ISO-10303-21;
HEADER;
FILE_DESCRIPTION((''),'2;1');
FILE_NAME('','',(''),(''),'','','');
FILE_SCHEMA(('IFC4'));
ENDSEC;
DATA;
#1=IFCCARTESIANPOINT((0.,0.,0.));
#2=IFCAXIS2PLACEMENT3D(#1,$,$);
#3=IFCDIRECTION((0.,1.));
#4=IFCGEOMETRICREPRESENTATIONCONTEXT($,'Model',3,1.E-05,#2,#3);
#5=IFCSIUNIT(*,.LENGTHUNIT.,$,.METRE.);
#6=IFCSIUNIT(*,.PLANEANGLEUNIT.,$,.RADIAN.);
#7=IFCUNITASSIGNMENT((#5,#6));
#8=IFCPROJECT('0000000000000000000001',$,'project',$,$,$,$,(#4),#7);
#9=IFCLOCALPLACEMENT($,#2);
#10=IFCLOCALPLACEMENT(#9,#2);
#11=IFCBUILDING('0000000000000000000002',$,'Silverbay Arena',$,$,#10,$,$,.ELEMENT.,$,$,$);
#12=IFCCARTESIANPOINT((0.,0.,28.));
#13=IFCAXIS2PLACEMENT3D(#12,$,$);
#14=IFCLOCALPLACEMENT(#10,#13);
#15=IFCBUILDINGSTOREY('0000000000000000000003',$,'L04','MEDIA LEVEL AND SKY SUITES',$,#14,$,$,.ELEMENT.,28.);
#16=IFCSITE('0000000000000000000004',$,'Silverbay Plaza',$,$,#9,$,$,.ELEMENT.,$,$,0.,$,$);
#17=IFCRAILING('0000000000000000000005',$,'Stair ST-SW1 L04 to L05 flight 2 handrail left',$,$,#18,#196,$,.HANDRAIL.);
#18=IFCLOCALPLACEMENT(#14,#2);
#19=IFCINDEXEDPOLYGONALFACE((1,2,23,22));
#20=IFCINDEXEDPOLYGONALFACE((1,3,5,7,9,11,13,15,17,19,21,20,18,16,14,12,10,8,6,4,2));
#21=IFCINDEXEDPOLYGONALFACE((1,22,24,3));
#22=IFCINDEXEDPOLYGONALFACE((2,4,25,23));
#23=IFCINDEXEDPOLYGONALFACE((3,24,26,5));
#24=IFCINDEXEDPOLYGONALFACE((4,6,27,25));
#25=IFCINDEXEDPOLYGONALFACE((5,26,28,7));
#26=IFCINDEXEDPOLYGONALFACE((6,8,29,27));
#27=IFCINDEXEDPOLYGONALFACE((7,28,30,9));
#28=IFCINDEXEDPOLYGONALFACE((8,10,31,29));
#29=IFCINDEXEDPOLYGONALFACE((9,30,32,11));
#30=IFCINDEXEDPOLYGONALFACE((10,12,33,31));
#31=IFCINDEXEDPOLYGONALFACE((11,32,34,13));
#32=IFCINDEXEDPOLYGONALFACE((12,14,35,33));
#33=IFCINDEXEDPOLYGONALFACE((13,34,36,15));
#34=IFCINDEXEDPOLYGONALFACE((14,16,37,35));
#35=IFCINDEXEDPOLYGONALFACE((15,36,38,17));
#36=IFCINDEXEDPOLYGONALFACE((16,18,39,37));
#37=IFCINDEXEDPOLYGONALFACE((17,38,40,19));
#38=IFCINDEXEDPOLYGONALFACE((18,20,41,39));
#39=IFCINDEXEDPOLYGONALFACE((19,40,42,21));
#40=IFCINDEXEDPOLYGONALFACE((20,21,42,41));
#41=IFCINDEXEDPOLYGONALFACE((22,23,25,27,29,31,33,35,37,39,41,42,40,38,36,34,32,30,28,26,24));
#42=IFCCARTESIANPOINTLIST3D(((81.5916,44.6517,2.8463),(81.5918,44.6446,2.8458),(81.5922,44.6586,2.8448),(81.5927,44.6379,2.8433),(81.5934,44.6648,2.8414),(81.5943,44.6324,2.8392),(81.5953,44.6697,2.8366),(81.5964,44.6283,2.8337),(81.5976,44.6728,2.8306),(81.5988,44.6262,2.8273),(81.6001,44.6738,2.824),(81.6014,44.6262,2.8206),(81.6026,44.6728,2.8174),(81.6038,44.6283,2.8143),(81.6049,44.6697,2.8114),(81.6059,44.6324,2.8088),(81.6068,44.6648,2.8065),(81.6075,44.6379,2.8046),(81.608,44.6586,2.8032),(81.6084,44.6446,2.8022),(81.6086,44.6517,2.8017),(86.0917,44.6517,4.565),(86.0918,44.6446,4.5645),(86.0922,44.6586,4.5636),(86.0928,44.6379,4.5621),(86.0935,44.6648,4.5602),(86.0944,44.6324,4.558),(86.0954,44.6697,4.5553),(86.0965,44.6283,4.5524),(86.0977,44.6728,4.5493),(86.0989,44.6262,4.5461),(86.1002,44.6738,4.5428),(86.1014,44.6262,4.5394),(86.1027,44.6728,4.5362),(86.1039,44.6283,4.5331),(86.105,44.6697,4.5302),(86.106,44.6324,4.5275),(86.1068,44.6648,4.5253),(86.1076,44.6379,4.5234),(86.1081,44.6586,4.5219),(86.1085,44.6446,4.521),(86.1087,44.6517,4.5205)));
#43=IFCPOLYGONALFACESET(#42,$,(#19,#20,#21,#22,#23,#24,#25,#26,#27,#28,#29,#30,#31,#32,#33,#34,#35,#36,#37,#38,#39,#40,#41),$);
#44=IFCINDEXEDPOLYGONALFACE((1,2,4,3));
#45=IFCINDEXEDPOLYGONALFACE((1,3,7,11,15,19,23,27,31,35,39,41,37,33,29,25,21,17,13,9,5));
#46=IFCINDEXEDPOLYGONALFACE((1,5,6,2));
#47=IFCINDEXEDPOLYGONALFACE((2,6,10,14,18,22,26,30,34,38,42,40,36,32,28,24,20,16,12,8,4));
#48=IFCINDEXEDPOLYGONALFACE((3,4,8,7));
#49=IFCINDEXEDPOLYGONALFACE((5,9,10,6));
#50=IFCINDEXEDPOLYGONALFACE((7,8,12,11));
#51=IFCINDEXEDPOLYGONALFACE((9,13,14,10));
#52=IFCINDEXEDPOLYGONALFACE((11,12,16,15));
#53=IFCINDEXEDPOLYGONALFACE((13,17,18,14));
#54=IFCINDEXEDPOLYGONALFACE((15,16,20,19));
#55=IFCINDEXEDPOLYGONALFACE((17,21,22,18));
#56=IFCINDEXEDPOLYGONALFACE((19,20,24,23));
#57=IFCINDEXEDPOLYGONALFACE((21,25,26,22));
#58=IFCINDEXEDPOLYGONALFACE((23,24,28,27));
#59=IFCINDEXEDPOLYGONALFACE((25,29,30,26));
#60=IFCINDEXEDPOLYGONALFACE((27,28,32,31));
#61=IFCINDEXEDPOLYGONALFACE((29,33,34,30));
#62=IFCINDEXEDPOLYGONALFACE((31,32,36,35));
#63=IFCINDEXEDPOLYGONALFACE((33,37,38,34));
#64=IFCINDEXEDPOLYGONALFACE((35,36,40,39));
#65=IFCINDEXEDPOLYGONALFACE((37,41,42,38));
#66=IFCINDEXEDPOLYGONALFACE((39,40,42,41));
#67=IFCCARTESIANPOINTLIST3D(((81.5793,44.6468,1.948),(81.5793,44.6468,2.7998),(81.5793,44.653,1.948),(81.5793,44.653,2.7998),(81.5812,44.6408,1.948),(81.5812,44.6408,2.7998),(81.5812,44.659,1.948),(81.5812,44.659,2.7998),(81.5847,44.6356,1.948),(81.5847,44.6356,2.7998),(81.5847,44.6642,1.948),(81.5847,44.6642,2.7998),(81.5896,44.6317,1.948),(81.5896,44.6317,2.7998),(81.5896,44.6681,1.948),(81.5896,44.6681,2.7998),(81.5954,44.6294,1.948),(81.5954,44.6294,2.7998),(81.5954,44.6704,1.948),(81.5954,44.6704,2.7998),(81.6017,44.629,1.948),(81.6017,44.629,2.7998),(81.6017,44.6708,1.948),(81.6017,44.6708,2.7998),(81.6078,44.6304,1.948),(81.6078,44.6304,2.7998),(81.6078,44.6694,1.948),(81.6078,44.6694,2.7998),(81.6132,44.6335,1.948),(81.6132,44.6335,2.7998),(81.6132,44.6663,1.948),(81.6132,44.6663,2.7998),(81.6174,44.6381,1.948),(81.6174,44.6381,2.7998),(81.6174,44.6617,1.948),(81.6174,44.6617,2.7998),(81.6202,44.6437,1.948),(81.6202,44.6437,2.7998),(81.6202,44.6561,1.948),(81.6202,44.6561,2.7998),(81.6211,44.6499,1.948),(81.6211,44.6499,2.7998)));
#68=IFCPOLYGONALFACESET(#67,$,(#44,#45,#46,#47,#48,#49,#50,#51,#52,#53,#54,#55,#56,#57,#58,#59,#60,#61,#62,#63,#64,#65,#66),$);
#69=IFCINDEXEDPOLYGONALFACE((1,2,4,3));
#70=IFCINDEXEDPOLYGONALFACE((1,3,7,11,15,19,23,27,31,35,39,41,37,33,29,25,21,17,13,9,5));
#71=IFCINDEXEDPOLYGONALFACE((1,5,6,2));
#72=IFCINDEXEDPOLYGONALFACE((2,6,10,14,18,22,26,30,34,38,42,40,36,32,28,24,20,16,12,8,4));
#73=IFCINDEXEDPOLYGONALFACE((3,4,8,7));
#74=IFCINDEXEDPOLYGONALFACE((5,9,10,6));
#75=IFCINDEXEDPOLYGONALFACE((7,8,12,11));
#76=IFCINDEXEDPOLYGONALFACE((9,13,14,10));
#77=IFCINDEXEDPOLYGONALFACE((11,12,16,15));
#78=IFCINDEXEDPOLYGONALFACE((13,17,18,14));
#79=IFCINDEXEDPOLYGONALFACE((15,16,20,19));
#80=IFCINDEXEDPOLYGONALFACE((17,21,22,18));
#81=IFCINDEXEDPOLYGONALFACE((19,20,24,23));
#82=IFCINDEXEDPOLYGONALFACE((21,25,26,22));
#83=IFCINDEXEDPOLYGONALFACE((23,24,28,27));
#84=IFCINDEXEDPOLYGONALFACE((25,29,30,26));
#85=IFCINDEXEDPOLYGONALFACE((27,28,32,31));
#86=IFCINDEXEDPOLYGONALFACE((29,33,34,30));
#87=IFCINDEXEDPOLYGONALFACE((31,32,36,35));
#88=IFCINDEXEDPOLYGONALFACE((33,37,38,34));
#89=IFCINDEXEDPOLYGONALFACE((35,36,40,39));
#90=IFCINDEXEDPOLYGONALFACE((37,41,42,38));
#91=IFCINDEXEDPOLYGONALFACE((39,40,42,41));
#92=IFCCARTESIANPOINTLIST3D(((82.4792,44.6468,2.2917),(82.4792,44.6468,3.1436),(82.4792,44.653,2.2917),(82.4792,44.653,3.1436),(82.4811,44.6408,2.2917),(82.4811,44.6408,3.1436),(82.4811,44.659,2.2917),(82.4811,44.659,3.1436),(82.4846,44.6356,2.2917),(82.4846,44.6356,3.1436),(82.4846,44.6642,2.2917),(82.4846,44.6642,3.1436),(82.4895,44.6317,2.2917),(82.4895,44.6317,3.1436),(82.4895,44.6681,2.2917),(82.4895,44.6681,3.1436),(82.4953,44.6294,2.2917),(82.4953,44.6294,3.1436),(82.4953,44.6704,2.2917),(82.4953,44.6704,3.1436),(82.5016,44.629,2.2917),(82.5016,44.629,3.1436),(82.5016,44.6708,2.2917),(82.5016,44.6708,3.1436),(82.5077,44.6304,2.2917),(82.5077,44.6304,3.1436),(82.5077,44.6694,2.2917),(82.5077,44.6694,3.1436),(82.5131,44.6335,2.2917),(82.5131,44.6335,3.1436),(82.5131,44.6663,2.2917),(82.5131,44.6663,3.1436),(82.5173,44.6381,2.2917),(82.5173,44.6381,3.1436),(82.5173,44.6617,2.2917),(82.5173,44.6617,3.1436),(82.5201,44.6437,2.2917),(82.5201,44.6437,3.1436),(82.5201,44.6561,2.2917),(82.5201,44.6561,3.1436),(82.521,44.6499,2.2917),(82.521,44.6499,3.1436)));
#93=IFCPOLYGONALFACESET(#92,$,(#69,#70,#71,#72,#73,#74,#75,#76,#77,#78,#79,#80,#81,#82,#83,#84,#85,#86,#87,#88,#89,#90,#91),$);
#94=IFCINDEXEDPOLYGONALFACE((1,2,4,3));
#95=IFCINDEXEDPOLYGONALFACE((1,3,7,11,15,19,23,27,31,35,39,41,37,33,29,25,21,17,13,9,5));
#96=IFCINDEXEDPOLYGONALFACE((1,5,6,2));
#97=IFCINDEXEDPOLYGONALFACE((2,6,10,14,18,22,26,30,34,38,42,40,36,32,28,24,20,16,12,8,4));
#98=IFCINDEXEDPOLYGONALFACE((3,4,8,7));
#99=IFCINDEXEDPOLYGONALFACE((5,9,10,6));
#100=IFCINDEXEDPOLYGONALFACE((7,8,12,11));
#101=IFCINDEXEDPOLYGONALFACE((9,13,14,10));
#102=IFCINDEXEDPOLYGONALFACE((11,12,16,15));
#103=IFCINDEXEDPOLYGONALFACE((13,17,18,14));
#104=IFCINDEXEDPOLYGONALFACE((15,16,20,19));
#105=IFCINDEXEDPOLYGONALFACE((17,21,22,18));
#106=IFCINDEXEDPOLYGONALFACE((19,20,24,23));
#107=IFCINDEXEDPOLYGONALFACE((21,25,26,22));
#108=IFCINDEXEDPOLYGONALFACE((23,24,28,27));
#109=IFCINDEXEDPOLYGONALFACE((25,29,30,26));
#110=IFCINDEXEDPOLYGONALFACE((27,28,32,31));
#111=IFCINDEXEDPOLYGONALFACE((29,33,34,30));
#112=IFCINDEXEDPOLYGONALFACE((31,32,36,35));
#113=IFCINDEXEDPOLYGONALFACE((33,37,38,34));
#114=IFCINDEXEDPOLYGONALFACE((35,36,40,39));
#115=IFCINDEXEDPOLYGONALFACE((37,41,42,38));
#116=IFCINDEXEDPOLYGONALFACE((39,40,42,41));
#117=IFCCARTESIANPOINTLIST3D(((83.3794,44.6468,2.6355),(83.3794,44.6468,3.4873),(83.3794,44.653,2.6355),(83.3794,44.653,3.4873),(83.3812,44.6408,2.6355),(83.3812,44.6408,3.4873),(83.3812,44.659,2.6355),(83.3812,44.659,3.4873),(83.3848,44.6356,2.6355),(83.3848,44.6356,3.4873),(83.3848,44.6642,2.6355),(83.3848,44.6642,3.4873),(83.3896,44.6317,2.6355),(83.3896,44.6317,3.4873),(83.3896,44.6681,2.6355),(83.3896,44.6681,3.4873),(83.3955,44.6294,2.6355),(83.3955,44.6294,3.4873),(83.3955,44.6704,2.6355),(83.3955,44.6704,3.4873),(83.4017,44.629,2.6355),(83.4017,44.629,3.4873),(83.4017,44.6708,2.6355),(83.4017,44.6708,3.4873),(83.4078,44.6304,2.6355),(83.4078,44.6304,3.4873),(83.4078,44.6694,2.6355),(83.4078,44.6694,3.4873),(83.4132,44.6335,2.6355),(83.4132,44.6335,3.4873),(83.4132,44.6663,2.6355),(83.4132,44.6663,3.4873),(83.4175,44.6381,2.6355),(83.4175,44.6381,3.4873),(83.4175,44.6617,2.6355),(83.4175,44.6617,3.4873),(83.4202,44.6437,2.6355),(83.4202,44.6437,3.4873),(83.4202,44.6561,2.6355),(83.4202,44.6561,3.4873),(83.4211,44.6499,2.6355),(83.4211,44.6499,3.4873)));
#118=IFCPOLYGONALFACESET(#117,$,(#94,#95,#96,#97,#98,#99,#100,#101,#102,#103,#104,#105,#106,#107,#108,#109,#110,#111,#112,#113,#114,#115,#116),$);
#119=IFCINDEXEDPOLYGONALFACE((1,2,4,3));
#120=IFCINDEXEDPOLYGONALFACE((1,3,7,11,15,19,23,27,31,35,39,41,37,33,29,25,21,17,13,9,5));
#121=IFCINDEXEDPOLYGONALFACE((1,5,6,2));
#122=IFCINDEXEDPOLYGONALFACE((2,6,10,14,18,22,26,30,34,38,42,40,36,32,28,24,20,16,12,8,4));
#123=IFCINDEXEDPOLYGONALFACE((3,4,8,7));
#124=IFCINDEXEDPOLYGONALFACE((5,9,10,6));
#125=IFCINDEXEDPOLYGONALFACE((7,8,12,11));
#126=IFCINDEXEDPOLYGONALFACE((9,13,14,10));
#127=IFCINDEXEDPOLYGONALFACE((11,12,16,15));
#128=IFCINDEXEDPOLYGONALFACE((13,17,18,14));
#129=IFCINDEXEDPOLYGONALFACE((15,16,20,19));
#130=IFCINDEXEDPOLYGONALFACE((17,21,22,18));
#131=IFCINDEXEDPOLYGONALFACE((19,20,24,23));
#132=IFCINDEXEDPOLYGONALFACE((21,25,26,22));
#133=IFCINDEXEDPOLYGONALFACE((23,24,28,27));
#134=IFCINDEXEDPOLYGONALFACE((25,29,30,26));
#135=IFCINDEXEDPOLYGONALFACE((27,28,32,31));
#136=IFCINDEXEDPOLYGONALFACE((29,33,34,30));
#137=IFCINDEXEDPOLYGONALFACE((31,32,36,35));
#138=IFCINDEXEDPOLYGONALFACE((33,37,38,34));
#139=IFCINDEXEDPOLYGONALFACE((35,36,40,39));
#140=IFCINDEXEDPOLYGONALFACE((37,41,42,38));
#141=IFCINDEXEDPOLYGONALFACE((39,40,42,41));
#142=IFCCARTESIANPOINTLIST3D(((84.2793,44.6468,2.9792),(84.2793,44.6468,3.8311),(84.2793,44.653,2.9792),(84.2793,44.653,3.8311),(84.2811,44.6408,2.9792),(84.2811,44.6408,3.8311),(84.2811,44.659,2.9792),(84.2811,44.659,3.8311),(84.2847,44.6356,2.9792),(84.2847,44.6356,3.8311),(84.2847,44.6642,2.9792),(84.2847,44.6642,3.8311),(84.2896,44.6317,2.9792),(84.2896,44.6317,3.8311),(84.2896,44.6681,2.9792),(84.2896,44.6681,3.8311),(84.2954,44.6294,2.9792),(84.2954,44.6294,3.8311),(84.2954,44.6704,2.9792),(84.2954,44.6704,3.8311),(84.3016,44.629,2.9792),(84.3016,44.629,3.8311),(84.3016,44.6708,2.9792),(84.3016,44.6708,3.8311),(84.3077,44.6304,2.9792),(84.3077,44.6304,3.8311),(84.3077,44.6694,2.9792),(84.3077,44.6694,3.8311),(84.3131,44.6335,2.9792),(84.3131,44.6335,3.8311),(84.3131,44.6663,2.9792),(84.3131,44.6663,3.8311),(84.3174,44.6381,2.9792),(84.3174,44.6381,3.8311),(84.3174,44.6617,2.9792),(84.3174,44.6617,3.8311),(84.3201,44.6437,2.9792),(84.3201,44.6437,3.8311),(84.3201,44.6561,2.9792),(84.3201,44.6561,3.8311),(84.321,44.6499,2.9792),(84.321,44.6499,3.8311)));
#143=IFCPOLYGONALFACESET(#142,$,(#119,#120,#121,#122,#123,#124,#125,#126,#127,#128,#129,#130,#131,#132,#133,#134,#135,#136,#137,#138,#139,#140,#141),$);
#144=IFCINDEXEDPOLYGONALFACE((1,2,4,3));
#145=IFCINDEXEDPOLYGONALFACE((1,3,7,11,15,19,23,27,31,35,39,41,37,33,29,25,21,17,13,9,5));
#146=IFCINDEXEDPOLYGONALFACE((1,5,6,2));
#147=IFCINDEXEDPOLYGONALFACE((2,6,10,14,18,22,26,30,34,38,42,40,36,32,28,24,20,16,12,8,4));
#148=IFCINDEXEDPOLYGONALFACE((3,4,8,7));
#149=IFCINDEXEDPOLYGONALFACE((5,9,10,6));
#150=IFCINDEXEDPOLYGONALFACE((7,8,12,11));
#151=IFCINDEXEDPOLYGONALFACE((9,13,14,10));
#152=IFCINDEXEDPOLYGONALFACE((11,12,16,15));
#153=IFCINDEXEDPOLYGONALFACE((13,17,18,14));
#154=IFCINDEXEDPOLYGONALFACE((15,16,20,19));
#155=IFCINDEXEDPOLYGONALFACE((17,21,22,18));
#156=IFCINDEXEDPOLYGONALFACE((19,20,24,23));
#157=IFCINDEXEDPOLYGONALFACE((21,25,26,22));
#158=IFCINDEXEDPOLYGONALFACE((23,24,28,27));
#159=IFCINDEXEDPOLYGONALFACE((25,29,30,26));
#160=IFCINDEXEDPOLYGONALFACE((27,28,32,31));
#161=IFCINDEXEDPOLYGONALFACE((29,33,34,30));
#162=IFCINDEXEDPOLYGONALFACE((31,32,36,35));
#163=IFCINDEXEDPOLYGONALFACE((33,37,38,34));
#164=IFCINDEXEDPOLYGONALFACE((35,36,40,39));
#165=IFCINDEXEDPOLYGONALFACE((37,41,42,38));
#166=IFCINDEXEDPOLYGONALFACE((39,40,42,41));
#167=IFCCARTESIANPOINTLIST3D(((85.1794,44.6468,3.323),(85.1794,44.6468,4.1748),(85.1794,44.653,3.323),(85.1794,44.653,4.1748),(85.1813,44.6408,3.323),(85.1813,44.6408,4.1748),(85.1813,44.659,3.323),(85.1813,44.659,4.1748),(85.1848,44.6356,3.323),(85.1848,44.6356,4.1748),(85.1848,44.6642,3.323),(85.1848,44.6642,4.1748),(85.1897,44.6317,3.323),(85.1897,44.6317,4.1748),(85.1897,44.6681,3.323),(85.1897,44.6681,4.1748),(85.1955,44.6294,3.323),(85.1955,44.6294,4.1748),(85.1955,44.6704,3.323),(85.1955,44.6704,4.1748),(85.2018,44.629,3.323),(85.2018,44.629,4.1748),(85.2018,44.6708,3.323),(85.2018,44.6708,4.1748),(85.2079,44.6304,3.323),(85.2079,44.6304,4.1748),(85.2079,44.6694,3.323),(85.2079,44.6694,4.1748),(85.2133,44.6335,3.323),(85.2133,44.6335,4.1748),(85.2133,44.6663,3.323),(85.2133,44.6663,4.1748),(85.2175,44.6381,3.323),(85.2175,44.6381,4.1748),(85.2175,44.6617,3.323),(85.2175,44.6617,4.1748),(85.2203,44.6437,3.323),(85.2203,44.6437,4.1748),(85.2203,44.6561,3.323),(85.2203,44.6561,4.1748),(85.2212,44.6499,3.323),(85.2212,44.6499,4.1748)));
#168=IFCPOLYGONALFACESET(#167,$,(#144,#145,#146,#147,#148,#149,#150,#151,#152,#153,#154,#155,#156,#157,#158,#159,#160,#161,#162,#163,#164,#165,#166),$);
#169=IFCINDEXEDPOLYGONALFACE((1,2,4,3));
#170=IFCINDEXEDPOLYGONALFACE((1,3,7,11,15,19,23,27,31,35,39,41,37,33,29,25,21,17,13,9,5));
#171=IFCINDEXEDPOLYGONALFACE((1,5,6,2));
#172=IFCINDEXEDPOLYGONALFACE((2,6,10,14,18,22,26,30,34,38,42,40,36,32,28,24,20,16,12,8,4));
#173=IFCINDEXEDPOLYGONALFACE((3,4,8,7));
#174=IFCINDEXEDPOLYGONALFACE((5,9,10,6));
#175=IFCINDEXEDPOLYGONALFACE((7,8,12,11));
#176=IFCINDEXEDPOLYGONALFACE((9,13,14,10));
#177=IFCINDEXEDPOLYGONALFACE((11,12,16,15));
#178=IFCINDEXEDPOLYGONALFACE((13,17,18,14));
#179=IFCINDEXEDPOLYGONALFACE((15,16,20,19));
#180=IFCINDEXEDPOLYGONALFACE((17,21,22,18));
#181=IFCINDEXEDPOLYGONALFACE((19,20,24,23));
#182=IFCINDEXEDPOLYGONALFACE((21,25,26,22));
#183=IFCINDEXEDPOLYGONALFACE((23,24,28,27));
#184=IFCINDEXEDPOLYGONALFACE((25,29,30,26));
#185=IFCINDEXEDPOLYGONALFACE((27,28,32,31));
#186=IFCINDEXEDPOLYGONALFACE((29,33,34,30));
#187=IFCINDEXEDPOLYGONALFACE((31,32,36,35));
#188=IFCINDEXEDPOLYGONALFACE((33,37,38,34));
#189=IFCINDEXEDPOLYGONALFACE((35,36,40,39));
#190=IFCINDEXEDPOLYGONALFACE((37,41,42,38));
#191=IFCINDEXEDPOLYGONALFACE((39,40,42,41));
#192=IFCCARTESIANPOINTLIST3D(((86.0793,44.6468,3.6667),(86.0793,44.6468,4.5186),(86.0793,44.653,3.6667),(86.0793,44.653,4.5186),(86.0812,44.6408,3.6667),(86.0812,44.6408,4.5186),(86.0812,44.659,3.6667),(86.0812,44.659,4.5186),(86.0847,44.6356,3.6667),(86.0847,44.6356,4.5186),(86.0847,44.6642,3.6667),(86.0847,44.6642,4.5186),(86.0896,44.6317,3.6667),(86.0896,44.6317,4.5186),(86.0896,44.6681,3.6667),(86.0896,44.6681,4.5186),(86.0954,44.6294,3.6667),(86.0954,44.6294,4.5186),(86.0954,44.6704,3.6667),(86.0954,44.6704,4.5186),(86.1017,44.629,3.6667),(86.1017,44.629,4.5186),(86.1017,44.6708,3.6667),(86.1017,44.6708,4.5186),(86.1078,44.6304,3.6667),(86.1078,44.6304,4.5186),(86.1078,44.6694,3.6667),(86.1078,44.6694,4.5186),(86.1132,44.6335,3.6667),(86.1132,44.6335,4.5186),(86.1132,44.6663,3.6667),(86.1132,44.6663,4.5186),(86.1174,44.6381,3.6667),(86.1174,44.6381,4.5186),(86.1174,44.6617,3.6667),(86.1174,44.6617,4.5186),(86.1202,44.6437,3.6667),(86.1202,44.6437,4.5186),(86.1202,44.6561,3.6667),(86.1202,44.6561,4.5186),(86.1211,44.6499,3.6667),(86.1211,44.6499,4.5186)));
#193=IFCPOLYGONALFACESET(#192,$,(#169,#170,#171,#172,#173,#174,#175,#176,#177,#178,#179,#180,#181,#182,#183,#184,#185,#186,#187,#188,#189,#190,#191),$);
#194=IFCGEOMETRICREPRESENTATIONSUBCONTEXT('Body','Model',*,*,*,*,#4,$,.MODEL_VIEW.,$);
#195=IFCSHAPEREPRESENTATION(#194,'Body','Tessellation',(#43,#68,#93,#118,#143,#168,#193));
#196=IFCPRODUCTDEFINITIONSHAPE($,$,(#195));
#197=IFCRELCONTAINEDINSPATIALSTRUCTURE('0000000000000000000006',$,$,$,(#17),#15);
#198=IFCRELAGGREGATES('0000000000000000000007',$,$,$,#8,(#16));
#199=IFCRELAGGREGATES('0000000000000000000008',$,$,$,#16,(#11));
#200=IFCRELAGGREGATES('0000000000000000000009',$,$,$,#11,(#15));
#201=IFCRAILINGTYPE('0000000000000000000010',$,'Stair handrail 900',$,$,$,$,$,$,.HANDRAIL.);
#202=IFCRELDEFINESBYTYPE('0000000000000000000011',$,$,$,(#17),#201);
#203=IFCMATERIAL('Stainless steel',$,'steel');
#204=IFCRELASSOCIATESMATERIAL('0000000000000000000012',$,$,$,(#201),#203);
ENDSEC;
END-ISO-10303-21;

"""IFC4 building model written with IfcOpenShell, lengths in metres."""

from ifc_helpers import new_model, si_unit, direction, frame, origin, origin_2d, place, context, subcontext, project, spatial, circle, extrude, material, type_object, element, save


model = new_model("IFC4")

# Units and contexts
model_context = context("Model", 3, precision=1e-05, world=origin(), true_north=direction((0.0, 1.0)))
body_context = subcontext(model_context, "Body", "Model", "MODEL_VIEW")
ifc_project = project(units=[si_unit("LENGTHUNIT", "METRE"), si_unit("PLANEANGLEUNIT", "RADIAN")], contexts=[model_context])

# Site, building, storey
site_placement = place(None, origin())
site = spatial("IfcSite", under=ifc_project, at=site_placement, Name="Silverbay Plaza", CompositionType="ELEMENT", RefElevation=0.0)
building_placement = place(site_placement, origin())
building = spatial("IfcBuilding", under=site, at=building_placement, Name="Silverbay Arena", CompositionType="ELEMENT")
storey_placement = place(building_placement, frame((0.0, 0.0, 28.0)))
storey = spatial("IfcBuildingStorey", under=building, at=storey_placement, Name="L04", Description="MEDIA LEVEL AND SKY SUITES", CompositionType="ELEMENT", Elevation=28.0)

# Railing
ifc_material_1 = material(Name="Stainless steel", Category="steel")
railing_type_1 = type_object("IfcRailingType", Name="Stair handrail 900", PredefinedType="HANDRAIL", material=ifc_material_1)
for number, where, name in (
    (1, (81.6001, 44.6499, 1.948), "Stair ST-SW1 L04 to L05 flight 2 handrail left"),
):
    element("IfcRailing", number, at=place(storey_placement, frame(where)), inside=storey, type_object=railing_type_1, Name=name, PredefinedType="HANDRAIL", context=body_context, shape_type="SweptSolid", body=[
        extrude(circle(Radius=0.0239, at=origin_2d()), frame((0.0, 0.0, 0.876), z_axis=(0.934179, 0.0, 0.356805), x_axis=(0.0, 1.0, 0.0)), (0.0, 0.0, 1.0), 4.8171),
        extrude(circle(Radius=0.021, at=origin_2d()), origin(), (0.0, 0.0, 1.0), 0.8518),
        extrude(circle(Radius=0.021, at=origin_2d()), frame((0.8999, 0.0, 0.3438)), (0.0, 0.0, 1.0), 0.8518),
        extrude(circle(Radius=0.021, at=origin_2d()), frame((1.8, 0.0, 0.6875)), (0.0, 0.0, 1.0), 0.8518),
        extrude(circle(Radius=0.021, at=origin_2d()), frame((2.7, 0.0, 1.0312)), (0.0, 0.0, 1.0), 0.8518),
        extrude(circle(Radius=0.021, at=origin_2d()), frame((3.6001, 0.0, 1.375)), (0.0, 0.0, 1.0), 0.8518),
        extrude(circle(Radius=0.021, at=origin_2d()), frame((4.5, 0.0, 1.7188)), (0.0, 0.0, 1.0), 0.8518),
    ])

save(model, "model.ifc")
